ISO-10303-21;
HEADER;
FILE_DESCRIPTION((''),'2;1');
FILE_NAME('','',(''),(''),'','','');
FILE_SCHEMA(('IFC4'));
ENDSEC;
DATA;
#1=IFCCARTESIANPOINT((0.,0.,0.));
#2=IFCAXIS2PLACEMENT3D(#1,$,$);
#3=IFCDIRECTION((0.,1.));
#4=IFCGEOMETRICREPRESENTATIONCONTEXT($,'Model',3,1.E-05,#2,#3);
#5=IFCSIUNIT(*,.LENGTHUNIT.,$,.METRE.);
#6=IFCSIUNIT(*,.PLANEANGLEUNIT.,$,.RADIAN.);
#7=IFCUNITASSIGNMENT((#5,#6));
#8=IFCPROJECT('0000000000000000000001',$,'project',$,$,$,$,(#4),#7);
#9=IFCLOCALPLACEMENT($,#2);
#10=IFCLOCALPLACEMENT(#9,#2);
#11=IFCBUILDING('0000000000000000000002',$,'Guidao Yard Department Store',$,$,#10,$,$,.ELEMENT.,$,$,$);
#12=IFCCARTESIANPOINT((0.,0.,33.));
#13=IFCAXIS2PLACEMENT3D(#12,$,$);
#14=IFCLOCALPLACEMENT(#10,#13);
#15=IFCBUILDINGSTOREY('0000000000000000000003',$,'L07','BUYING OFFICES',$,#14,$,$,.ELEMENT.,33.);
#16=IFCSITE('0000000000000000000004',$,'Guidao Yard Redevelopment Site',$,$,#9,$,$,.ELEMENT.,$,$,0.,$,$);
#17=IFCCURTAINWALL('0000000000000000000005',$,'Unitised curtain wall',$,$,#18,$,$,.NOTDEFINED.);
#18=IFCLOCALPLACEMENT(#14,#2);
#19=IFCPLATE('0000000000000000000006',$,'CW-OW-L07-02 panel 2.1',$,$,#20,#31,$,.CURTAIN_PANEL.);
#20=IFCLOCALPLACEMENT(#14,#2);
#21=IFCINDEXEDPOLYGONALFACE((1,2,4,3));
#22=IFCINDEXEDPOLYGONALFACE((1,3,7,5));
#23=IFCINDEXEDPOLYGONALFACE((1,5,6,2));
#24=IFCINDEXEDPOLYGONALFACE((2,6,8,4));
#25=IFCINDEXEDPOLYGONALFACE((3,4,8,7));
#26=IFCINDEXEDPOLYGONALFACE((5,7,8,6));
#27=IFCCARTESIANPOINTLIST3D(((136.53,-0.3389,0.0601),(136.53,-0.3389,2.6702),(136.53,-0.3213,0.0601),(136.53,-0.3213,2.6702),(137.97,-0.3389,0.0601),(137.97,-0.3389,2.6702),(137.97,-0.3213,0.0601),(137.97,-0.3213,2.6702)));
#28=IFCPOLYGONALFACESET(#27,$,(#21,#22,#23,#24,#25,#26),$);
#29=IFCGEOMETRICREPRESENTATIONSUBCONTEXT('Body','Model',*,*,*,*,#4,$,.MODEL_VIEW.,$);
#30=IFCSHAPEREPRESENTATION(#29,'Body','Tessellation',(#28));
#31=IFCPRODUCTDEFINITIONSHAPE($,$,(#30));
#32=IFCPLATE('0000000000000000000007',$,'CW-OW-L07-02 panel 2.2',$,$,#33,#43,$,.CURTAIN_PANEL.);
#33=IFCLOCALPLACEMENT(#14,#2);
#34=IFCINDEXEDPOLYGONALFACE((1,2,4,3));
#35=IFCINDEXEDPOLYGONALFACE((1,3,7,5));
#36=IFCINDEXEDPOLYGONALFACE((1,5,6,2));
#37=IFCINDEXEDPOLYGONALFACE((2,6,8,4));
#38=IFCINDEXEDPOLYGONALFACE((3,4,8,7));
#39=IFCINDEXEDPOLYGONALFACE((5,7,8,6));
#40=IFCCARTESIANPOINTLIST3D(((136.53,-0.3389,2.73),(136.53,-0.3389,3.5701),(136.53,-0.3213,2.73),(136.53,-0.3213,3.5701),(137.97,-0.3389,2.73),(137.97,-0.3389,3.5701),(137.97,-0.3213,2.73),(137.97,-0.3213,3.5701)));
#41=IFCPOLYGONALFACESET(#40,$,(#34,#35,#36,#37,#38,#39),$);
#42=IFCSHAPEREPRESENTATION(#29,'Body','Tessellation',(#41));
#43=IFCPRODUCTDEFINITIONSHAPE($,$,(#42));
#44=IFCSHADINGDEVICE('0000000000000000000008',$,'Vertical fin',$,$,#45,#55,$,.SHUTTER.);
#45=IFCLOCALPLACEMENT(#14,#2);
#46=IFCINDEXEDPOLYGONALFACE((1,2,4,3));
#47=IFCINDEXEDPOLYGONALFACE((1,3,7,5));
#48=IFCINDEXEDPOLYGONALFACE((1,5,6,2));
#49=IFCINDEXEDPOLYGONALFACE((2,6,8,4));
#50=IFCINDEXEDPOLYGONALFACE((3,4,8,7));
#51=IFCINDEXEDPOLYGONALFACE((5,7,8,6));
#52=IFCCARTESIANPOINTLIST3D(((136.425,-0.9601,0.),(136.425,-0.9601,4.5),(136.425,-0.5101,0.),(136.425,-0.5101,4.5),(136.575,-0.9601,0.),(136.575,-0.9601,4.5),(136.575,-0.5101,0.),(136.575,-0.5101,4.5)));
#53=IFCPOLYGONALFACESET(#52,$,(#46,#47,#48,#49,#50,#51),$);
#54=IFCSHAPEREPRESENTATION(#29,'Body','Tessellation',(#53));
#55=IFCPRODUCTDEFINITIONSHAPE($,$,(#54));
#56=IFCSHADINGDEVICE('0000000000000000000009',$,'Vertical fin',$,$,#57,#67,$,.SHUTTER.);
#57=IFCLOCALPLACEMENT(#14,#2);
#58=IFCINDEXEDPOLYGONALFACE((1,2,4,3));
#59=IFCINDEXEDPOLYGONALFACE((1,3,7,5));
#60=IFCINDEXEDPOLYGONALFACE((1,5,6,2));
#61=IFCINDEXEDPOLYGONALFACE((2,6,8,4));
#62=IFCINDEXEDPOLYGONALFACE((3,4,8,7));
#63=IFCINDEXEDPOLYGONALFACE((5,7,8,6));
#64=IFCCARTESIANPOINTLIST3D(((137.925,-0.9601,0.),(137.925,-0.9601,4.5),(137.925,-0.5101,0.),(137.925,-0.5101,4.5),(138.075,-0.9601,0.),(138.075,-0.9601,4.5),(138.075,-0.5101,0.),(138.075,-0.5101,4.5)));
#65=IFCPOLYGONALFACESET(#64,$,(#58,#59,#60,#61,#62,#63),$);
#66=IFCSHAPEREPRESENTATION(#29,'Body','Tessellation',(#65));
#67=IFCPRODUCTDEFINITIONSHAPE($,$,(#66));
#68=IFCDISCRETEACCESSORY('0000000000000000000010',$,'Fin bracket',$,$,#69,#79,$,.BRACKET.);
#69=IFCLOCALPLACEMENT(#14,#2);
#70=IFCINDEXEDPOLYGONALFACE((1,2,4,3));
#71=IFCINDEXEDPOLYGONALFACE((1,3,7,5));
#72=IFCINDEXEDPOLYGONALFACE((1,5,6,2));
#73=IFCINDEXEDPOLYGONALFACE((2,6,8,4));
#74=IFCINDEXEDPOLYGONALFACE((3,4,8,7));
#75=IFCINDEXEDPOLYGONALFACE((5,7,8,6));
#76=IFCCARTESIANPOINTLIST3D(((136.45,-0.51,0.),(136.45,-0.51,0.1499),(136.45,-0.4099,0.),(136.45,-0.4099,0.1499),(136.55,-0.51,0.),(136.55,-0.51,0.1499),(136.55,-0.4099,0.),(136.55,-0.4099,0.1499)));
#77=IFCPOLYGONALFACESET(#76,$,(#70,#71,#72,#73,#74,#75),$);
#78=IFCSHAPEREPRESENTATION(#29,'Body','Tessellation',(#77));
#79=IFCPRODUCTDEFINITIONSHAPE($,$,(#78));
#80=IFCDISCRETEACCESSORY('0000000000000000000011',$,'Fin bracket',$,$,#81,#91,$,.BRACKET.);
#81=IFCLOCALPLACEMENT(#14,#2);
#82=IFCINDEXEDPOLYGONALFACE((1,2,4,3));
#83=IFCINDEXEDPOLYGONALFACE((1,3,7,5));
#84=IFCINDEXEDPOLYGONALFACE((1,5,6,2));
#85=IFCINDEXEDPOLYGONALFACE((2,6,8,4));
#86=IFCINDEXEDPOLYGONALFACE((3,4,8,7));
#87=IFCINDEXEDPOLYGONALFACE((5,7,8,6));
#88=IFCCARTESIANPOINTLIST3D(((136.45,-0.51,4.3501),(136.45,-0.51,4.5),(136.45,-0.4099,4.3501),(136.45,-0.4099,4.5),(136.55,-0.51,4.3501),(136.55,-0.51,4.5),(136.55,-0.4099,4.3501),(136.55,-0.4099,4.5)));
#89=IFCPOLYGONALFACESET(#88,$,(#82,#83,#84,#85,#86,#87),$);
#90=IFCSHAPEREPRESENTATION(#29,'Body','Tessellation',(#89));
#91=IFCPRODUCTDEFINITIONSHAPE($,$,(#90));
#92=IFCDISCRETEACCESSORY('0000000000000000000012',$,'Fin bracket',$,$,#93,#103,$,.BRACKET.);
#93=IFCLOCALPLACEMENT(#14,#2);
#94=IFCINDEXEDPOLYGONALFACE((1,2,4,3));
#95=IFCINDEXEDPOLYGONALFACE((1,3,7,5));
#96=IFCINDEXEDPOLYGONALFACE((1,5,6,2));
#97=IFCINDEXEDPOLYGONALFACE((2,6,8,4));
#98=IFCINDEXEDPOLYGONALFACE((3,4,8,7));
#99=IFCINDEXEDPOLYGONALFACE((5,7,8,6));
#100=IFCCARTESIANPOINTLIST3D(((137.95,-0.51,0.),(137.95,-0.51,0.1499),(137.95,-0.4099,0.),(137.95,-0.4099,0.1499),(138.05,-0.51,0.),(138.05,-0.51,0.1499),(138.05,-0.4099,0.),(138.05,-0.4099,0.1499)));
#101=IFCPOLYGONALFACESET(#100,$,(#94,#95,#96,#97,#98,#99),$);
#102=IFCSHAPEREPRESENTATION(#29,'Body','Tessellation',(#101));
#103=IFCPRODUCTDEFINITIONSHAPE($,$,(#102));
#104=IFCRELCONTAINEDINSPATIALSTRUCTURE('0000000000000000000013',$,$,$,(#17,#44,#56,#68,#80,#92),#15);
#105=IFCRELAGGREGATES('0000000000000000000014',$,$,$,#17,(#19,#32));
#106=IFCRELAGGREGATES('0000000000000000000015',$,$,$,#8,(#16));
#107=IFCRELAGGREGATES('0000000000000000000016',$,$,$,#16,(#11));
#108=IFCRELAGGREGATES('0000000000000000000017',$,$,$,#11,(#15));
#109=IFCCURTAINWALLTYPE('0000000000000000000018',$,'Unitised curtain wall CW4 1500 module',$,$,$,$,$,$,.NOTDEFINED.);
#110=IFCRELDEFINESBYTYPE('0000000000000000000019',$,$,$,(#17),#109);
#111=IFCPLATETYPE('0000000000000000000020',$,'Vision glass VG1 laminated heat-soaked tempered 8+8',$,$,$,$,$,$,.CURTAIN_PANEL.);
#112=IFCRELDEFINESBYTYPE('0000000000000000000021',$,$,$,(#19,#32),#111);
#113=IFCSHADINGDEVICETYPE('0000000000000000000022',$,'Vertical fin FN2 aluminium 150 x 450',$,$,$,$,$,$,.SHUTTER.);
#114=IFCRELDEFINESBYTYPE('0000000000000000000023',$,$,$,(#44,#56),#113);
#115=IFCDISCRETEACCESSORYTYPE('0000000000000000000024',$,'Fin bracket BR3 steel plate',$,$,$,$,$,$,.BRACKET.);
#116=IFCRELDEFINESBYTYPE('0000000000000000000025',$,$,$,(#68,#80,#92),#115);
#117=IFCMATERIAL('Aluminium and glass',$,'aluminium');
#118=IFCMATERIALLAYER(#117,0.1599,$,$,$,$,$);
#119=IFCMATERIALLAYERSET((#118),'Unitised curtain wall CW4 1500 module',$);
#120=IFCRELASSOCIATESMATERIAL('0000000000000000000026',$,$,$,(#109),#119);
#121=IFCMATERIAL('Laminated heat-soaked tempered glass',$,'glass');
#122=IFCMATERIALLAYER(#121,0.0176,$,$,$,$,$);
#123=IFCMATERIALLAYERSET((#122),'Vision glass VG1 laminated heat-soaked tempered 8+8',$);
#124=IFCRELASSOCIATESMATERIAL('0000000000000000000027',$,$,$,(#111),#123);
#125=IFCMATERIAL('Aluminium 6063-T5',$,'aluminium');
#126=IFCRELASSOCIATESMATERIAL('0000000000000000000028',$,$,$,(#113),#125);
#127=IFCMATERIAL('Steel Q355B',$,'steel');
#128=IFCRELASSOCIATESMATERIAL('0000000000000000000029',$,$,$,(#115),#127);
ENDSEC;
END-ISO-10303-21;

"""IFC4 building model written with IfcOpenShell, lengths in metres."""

from ifc_helpers import new_model, si_unit, direction, frame, origin, origin_2d, place, context, subcontext, project, spatial, rectangle, extrude, material, layer, layer_set, type_object, element, aggregate, save


model = new_model("IFC4")

# Units and contexts
model_context = context("Model", 3, precision=1e-05, world=origin(), true_north=direction((0.0, 1.0)))
body_context = subcontext(model_context, "Body", "Model", "MODEL_VIEW")
ifc_project = project(units=[si_unit("LENGTHUNIT", "METRE"), si_unit("PLANEANGLEUNIT", "RADIAN")], contexts=[model_context])

# Site, building, storey
site_placement = place(None, origin())
site = spatial("IfcSite", under=ifc_project, at=site_placement, Name="Guidao Yard Redevelopment Site", CompositionType="ELEMENT", RefElevation=0.0)
building_placement = place(site_placement, origin())
building = spatial("IfcBuilding", under=site, at=building_placement, Name="Guidao Yard Department Store", CompositionType="ELEMENT")
storey_placement = place(building_placement, frame((0.0, 0.0, 33.0)))
storey = spatial("IfcBuildingStorey", under=building, at=storey_placement, Name="L07", Description="BUYING OFFICES", CompositionType="ELEMENT", Elevation=33.0)

# Curtain wall, plates
ifc_material_1 = material(Name="Aluminium and glass", Category="aluminium")
ifc_layer_1 = layer(ifc_material_1, 0.1599)
ifc_layer_set_1 = layer_set([ifc_layer_1], Name="Unitised curtain wall CW4 1500 module")
curtain_wall_type = type_object("IfcCurtainWallType", Name="Unitised curtain wall CW4 1500 module", PredefinedType="NOTDEFINED", material=ifc_layer_set_1)
curtain_wall_placement = place(storey_placement, origin())
curtain_wall = element("IfcCurtainWall", 1, at=curtain_wall_placement, inside=storey, type_object=curtain_wall_type, Name="Unitised curtain wall", PredefinedType="NOTDEFINED")
ifc_material_2 = material(Name="Laminated heat-soaked tempered glass", Category="glass")
ifc_layer_2 = layer(ifc_material_2, 0.0176)
ifc_layer_set_2 = layer_set([ifc_layer_2], Name="Vision glass VG1 laminated heat-soaked tempered 8+8")
plate_type_1 = type_object("IfcPlateType", Name="Vision glass VG1 laminated heat-soaked tempered 8+8", PredefinedType="CURTAIN_PANEL", material=ifc_layer_set_2)
plate_1_placement = place(storey_placement, frame((137.25, -0.3301, 0.0601), z_axis=(0.0, 0.0, 1.0), x_axis=(-1.0, 0.0, 0.0)))
plate_1 = element("IfcPlate", 2, at=plate_1_placement, type_object=plate_type_1, Name="CW-OW-L07-02 panel 2.1", PredefinedType="CURTAIN_PANEL", context=body_context, shape_type="SweptSolid", body=[
    extrude(rectangle(XDim=1.4399, YDim=0.0176, at=origin_2d()), origin(), (0.0, 0.0, 1.0), 2.6101),
])
plate_2_placement = place(storey_placement, frame((137.25, -0.3301, 2.73), z_axis=(0.0, 0.0, 1.0), x_axis=(-1.0, 0.0, 0.0)))
plate_2 = element("IfcPlate", 3, at=plate_2_placement, type_object=plate_type_1, Name="CW-OW-L07-02 panel 2.2", PredefinedType="CURTAIN_PANEL", context=body_context, shape_type="SweptSolid", body=[
    extrude(rectangle(XDim=1.4399, YDim=0.0176, at=origin_2d()), origin(), (0.0, 0.0, 1.0), 0.8401),
])
aggregate(curtain_wall, [plate_1, plate_2])

# Shading devices
ifc_material_3 = material(Name="Aluminium 6063-T5", Category="aluminium")
shading_device_type = type_object("IfcShadingDeviceType", Name="Vertical fin FN2 aluminium 150 x 450", PredefinedType="SHUTTER", material=ifc_material_3)
for number, where, z_axis, x_axis, name in (
    (4, (136.5, -0.7351, 0.0), (0.0, 0.0, 1.0), (-1.0, 0.0, 0.0), "Vertical fin"),
    (5, (138.0, -0.7351, 0.0), (0.0, 0.0, 1.0), (-1.0, 0.0, 0.0), "Vertical fin"),
):
    element("IfcShadingDevice", number, at=place(storey_placement, frame(where, z_axis=z_axis, x_axis=x_axis)), inside=storey, type_object=shading_device_type, Name=name, PredefinedType="SHUTTER", context=body_context, shape_type="SweptSolid", body=[
        extrude(rectangle(XDim=0.1499, YDim=0.45, at=origin_2d()), origin(), (0.0, 0.0, 1.0), 4.5),
    ])

# Discrete accessories
ifc_material_4 = material(Name="Steel Q355B", Category="steel")
discrete_accessory_type = type_object("IfcDiscreteAccessoryType", Name="Fin bracket BR3 steel plate", PredefinedType="BRACKET", material=ifc_material_4)
for number, where, z_axis, x_axis, name in (
    (6, (136.5, -0.46, 0.0), (0.0, 0.0, 1.0), (-1.0, 0.0, 0.0), "Fin bracket"),
    (7, (136.5, -0.46, 4.3501), (0.0, 0.0, 1.0), (-1.0, 0.0, 0.0), "Fin bracket"),
    (8, (138.0, -0.46, 0.0), (0.0, 0.0, 1.0), (-1.0, 0.0, 0.0), "Fin bracket"),
):
    element("IfcDiscreteAccessory", number, at=place(storey_placement, frame(where, z_axis=z_axis, x_axis=x_axis)), inside=storey, type_object=discrete_accessory_type, Name=name, PredefinedType="BRACKET", context=body_context, shape_type="SweptSolid", body=[
        extrude(rectangle(XDim=0.1001, YDim=0.1001, at=origin_2d()), origin(), (0.0, 0.0, 1.0), 0.1499),
    ])

save(model, "model.ifc")
